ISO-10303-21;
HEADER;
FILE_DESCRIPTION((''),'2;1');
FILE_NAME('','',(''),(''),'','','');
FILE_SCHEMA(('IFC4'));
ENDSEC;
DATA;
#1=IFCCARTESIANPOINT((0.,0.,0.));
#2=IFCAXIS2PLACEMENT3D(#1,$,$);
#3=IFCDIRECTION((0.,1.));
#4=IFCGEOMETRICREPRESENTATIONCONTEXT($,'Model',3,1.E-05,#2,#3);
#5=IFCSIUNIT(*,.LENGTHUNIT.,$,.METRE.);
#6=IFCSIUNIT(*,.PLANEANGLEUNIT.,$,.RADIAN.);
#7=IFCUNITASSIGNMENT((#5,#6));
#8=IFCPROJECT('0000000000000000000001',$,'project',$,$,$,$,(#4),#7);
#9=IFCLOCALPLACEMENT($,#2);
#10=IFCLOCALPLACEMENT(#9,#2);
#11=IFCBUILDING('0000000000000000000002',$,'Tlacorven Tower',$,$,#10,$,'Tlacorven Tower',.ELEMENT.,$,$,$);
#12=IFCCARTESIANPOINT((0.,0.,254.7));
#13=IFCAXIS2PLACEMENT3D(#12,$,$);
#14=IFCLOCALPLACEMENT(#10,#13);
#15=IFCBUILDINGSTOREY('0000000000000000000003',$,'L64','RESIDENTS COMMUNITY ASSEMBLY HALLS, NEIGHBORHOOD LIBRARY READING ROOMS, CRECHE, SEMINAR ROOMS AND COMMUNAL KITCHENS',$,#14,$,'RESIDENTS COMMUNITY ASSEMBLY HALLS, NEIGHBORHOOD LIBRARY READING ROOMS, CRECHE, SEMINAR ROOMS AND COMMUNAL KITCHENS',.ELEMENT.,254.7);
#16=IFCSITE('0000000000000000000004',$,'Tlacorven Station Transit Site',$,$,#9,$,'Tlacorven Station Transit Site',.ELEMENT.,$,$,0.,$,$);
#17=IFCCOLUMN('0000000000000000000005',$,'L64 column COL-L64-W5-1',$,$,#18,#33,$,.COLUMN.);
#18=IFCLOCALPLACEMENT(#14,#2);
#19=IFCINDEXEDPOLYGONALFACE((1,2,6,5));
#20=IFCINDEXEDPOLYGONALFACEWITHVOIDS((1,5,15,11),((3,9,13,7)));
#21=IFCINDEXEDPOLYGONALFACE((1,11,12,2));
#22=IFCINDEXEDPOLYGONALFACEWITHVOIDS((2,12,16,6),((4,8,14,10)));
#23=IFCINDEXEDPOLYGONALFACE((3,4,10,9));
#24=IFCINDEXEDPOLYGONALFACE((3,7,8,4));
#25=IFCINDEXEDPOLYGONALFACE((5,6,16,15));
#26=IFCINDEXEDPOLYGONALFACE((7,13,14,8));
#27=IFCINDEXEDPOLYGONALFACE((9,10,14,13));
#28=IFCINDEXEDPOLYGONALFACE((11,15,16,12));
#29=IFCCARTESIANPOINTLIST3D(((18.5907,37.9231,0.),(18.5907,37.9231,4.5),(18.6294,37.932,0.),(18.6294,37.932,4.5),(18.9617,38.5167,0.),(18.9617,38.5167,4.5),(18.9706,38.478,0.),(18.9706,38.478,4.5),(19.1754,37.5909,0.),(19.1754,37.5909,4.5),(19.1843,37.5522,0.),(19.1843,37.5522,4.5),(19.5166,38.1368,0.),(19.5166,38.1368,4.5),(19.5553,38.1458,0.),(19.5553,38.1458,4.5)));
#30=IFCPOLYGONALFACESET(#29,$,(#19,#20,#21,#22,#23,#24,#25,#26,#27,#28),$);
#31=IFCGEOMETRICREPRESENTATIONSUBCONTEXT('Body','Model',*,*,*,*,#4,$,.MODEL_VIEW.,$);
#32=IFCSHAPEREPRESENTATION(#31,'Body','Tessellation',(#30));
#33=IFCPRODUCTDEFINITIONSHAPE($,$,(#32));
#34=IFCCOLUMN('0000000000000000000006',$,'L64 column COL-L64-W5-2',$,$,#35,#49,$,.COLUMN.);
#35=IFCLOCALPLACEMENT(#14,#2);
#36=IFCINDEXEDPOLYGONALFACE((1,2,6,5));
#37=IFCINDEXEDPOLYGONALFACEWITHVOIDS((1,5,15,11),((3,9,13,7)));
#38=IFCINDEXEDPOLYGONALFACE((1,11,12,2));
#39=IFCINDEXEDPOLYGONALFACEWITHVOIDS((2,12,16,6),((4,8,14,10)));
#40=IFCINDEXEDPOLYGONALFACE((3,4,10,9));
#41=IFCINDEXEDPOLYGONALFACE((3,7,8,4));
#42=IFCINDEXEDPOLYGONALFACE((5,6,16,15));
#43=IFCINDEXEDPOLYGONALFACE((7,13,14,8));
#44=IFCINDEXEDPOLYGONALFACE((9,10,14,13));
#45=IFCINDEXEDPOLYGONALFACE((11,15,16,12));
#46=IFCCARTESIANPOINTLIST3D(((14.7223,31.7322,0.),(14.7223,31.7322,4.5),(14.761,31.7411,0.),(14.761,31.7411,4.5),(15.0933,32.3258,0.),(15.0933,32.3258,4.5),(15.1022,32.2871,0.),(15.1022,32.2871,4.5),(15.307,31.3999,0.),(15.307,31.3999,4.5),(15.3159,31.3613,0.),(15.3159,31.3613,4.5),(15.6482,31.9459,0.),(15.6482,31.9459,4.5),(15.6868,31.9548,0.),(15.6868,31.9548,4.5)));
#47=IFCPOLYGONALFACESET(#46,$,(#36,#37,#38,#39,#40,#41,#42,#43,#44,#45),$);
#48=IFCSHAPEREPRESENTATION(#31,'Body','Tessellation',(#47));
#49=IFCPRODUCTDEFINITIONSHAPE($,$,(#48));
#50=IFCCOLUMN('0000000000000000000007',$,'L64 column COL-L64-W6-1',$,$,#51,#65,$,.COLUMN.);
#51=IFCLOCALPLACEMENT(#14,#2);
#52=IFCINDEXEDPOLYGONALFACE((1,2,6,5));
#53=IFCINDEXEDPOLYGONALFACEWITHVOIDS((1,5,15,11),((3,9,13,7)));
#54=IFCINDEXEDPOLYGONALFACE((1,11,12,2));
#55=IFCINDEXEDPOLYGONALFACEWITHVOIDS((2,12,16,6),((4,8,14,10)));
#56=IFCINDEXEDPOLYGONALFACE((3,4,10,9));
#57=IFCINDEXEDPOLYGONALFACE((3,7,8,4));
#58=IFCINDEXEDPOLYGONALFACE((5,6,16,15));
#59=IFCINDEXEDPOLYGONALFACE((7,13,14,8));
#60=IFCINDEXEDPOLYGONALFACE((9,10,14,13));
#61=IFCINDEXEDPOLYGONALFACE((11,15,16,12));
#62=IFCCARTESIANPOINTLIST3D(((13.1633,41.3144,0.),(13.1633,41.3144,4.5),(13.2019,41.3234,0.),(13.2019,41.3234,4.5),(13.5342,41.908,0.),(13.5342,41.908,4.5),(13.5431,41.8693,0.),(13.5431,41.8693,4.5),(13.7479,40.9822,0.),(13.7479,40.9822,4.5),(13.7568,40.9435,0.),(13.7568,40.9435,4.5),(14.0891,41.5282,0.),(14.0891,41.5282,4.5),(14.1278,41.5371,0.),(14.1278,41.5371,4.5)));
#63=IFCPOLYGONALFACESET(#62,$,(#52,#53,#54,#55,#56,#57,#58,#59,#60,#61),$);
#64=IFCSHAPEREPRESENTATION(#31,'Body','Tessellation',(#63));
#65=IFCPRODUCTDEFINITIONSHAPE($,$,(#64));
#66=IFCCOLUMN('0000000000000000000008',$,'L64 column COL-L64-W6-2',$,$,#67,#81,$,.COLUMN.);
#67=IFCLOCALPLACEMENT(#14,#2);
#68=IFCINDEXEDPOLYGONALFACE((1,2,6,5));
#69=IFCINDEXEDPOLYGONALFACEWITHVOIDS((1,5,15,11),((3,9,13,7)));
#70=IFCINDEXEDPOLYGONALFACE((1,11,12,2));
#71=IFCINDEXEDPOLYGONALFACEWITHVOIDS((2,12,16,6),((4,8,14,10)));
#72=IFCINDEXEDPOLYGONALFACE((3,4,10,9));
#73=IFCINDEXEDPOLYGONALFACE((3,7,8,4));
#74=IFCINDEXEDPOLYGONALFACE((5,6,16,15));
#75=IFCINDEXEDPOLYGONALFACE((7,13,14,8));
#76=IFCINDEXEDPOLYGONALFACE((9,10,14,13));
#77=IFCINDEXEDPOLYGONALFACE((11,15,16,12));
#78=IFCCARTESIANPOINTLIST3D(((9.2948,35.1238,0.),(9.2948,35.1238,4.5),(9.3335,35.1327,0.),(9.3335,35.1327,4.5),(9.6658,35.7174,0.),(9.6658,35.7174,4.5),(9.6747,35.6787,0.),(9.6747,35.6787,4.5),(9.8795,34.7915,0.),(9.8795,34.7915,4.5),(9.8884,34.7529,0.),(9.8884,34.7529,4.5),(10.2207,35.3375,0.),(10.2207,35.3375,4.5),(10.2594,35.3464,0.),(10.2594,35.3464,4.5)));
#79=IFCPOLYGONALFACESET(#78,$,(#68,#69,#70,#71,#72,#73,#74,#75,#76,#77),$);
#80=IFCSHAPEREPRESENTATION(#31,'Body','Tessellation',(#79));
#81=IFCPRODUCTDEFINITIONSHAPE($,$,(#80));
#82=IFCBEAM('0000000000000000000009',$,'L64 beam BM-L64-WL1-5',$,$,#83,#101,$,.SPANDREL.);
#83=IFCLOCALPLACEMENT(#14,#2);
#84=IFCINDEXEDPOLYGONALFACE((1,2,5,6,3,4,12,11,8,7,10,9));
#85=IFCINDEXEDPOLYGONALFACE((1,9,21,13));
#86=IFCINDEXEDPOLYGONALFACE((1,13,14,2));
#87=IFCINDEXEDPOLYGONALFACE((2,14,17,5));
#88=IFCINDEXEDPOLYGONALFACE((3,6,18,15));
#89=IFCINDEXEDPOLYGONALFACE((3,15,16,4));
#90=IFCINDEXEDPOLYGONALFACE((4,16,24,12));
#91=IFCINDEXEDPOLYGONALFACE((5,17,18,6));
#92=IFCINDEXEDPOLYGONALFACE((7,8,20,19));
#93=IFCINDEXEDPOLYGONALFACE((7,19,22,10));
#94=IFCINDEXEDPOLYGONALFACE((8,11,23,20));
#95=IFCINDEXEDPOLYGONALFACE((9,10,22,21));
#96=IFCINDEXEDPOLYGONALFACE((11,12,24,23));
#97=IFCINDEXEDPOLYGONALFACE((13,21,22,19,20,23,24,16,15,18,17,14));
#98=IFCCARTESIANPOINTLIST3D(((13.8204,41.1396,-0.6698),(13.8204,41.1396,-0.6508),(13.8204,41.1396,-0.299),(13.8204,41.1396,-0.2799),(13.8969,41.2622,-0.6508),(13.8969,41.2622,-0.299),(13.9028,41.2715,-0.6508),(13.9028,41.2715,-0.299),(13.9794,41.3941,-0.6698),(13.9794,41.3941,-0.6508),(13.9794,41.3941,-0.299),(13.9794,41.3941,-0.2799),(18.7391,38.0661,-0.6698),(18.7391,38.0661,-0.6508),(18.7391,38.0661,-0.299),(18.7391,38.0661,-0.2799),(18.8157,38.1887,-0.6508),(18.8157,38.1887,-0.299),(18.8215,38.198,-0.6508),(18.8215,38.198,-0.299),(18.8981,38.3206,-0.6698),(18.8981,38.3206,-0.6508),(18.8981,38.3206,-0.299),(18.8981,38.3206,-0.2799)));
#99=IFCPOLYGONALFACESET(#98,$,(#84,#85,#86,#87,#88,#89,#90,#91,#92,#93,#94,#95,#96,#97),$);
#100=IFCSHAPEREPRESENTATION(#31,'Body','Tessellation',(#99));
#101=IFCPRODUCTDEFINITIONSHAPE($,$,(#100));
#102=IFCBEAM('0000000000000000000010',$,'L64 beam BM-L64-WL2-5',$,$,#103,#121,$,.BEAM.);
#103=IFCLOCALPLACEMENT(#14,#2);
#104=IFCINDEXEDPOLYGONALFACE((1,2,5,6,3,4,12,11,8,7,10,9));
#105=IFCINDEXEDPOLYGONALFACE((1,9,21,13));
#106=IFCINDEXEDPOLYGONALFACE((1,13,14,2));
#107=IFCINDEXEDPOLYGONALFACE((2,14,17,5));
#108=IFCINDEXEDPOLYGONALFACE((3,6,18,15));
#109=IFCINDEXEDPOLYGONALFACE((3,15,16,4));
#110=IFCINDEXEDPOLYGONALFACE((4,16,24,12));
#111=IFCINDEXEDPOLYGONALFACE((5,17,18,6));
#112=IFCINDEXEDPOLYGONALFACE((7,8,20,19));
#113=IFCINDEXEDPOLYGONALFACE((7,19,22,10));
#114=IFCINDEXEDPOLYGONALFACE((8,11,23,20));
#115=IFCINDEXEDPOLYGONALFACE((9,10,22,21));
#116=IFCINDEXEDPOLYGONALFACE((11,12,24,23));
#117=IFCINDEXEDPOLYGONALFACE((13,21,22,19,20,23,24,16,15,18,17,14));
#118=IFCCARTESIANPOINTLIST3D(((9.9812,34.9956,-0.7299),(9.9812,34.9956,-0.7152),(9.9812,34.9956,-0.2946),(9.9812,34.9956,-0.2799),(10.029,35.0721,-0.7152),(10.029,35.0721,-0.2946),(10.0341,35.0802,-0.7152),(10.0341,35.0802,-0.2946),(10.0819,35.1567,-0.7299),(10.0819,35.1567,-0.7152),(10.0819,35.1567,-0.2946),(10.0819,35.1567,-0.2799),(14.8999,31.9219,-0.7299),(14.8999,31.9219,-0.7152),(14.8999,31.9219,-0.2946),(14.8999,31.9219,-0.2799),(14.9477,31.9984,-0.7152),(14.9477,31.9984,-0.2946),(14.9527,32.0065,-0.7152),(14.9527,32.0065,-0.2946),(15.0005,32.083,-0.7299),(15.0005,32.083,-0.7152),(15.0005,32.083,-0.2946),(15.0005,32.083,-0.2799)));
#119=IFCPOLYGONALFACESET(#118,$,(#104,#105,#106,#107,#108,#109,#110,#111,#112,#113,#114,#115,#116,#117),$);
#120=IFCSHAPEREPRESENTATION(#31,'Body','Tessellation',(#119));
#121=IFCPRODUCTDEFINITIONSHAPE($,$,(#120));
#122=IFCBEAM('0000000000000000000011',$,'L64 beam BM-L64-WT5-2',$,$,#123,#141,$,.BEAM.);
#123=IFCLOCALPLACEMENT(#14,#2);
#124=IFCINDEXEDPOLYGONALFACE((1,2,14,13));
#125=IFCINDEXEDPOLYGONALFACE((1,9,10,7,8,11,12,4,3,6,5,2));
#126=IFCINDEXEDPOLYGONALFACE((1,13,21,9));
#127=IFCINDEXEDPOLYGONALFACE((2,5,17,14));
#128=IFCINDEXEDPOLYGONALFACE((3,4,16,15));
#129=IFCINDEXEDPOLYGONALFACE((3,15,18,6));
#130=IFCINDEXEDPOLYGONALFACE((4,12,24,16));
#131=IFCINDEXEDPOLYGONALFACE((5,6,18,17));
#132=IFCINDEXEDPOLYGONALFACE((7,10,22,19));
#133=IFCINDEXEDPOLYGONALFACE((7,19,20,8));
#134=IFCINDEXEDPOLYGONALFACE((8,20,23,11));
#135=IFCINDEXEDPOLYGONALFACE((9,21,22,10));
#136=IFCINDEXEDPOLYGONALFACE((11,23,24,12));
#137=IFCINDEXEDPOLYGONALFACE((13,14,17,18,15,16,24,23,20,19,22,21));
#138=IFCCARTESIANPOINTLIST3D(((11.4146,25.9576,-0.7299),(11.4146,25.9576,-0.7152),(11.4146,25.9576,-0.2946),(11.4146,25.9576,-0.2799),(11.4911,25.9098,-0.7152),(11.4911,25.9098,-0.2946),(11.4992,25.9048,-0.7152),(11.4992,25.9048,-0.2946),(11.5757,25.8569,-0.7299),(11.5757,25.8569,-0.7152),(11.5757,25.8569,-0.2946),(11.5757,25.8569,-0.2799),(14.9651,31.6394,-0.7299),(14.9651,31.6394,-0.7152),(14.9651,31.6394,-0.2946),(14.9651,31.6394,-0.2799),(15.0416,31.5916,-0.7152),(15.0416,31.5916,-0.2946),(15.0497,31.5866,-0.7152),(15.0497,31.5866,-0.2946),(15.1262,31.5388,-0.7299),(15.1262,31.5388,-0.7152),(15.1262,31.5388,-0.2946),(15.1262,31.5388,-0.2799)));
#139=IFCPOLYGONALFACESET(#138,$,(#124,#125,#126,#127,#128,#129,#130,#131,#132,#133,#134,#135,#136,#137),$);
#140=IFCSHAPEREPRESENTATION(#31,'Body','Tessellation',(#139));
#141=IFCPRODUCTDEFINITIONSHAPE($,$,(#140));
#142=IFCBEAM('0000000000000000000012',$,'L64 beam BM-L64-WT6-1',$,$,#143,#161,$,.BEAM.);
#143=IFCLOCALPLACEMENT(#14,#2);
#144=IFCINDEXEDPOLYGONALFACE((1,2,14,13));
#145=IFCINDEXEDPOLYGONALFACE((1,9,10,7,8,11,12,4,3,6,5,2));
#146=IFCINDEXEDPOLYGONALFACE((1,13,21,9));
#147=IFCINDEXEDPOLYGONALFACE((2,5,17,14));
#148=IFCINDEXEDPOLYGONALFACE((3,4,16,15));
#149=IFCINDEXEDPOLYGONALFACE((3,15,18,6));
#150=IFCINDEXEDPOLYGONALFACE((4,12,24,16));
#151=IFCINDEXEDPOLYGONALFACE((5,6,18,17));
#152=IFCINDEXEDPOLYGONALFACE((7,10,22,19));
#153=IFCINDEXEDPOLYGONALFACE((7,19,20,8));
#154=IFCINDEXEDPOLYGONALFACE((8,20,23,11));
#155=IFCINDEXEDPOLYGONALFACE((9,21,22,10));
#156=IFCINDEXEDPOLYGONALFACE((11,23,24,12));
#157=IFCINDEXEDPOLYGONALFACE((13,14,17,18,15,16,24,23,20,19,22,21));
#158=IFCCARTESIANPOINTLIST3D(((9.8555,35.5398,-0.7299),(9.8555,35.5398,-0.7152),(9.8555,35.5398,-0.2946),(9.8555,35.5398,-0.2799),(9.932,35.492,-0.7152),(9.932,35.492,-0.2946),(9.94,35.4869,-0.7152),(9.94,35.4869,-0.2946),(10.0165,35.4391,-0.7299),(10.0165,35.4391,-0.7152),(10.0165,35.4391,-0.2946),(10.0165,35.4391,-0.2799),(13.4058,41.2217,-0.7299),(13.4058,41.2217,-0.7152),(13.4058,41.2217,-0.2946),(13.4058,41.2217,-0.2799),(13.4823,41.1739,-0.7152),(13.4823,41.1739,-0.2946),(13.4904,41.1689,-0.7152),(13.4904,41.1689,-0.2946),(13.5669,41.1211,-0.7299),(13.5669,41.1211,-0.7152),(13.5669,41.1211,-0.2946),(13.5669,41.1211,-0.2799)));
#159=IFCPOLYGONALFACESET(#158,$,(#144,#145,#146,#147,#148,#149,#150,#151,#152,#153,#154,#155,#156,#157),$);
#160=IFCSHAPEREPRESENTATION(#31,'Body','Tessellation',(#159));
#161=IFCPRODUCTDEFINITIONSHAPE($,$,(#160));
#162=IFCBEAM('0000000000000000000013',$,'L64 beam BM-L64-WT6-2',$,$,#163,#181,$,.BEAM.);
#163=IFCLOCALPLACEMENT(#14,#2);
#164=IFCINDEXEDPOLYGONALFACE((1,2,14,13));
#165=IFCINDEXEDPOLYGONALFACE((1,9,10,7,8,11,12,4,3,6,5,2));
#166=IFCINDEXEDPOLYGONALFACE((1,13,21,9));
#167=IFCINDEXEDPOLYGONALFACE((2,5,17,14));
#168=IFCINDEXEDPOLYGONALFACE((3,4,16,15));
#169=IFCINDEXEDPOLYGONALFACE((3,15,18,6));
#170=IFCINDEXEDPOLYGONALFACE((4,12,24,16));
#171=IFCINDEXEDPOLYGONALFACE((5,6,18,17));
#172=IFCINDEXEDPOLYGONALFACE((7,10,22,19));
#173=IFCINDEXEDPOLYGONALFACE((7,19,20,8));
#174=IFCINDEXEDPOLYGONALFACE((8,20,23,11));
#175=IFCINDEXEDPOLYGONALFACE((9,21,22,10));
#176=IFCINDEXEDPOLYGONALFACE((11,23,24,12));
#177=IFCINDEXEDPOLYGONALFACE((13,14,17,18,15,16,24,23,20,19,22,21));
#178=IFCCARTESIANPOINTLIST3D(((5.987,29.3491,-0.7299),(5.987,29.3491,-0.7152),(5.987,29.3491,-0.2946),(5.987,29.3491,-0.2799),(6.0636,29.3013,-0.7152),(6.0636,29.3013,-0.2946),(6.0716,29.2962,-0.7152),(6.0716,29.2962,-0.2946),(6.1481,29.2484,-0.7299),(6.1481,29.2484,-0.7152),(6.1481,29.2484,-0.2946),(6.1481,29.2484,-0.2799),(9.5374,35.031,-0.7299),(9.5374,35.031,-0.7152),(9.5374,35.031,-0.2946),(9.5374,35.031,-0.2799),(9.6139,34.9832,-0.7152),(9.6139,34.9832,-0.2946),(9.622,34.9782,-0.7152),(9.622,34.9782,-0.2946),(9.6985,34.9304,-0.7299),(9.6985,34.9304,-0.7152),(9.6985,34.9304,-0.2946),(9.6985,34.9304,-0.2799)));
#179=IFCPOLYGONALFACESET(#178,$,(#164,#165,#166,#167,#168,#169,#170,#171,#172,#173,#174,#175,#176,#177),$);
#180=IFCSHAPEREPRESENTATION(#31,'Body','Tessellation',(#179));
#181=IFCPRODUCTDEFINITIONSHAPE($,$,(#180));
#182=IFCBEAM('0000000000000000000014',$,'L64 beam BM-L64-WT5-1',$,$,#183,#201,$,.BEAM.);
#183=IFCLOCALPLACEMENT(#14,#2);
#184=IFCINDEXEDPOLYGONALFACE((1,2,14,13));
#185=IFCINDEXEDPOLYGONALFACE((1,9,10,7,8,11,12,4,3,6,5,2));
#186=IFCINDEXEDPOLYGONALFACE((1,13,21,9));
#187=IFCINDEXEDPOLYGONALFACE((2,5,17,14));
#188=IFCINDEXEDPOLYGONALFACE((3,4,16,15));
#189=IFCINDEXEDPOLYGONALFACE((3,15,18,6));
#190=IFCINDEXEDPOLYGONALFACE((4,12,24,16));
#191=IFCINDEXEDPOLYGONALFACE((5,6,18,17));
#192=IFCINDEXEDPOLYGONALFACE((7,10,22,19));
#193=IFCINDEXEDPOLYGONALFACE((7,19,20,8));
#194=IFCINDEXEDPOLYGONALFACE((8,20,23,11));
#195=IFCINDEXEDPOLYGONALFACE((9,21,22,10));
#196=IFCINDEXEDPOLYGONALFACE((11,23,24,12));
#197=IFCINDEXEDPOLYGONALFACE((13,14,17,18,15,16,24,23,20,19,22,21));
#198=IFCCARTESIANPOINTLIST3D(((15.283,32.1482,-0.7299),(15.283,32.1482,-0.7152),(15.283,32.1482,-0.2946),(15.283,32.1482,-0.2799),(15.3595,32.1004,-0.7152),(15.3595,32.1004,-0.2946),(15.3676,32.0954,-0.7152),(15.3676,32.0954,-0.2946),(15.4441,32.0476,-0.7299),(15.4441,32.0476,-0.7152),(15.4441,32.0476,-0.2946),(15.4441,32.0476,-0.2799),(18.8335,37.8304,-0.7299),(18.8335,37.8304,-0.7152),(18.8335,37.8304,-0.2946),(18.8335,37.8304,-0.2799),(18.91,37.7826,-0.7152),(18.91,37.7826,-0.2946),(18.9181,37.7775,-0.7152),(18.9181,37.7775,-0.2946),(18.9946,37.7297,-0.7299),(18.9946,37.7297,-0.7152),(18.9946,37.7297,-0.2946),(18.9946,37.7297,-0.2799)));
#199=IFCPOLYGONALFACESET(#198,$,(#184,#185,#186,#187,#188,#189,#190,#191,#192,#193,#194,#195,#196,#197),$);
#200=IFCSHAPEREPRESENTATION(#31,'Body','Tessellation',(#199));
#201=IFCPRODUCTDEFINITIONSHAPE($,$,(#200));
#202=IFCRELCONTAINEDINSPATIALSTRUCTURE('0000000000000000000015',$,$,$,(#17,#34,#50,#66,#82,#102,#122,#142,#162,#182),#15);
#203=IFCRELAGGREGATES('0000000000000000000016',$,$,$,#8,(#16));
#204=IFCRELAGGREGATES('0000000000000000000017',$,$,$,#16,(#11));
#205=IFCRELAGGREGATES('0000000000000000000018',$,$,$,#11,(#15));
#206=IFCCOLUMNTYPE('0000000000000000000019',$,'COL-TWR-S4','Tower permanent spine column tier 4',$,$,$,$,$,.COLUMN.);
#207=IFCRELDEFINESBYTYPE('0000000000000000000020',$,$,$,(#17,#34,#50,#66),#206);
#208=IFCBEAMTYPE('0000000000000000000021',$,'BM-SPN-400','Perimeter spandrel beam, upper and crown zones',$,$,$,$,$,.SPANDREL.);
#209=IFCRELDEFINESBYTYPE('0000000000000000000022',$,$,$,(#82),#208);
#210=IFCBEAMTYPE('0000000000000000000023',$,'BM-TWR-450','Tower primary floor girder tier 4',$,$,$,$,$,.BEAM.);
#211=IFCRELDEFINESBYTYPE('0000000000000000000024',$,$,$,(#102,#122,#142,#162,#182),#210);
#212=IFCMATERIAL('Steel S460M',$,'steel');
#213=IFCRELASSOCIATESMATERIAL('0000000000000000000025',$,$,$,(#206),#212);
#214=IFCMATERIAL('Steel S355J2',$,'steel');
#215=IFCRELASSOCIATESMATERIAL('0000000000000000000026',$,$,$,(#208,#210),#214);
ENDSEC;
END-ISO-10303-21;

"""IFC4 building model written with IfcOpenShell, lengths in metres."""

from ifc_helpers import new_model, si_unit, direction, frame, origin, origin_2d, place, context, subcontext, project, spatial, hollow_rectangle, i_section, extrude, source, transform, mapped, material, material_profile, profile_set, type_object, element, save


model = new_model("IFC4")

# Units and contexts
model_context = context("Model", 3, precision=1e-05, world=origin(), true_north=direction((0.0, 1.0)))
body_context = subcontext(model_context, "Body", "Model", "MODEL_VIEW")
ifc_project = project(units=[si_unit("LENGTHUNIT", "METRE"), si_unit("PLANEANGLEUNIT", "RADIAN")], contexts=[model_context])

# Site, building, storey
site_placement = place(None, origin())
site = spatial("IfcSite", under=ifc_project, at=site_placement, Name="Tlacorven Station Transit Site", LongName="Tlacorven Station Transit Site", CompositionType="ELEMENT", RefElevation=0.0)
building_placement = place(site_placement, origin())
building = spatial("IfcBuilding", under=site, at=building_placement, Name="Tlacorven Tower", LongName="Tlacorven Tower", CompositionType="ELEMENT")
storey_placement = place(building_placement, frame((0.0, 0.0, 254.7)))
storey = spatial("IfcBuildingStorey", under=building, at=storey_placement, Name="L64", Description="RESIDENTS COMMUNITY ASSEMBLY HALLS, NEIGHBORHOOD LIBRARY READING ROOMS, CRECHE, SEMINAR ROOMS AND COMMUNAL KITCHENS", LongName="RESIDENTS COMMUNITY ASSEMBLY HALLS, NEIGHBORHOOD LIBRARY READING ROOMS, CRECHE, SEMINAR ROOMS AND COMMUNAL KITCHENS", CompositionType="ELEMENT", Elevation=254.7)

# Columns
ifc_material_1 = material(Name="Steel S460M", Category="steel")
ifc_material_profile_1 = material_profile(ifc_material_1, hollow_rectangle(XDim=0.7, YDim=0.7, WallThickness=0.0281, at=origin_2d()), Name="BOX 700X700X28")
ifc_profile_set_1 = profile_set([ifc_material_profile_1], Name="Steel S460M")
column_type = type_object("IfcColumnType", Name="COL-TWR-S4", Description="Tower permanent spine column tier 4", PredefinedType="COLUMN", material=ifc_profile_set_1)
shared_shape_1 = source(origin(), body_context, "Body", "SweptSolid", [
    extrude(hollow_rectangle(XDim=0.7, YDim=0.7, WallThickness=0.0281, at=origin_2d()), origin(), (0.0, 0.0, 1.0), 4.5),
])
for number, where, z_axis, x_axis, name in (
    (1, (19.073, 38.0344, 0.0), (0.0, 0.0, 1.0), (-0.848048, 0.529919, 0.0), "L64 column COL-L64-W5-1"),
    (2, (15.2046, 31.8435, 0.0), (0.0, 0.0, 1.0), (-0.848048, 0.529919, 0.0), "L64 column COL-L64-W5-2"),
    (3, (13.6455, 41.4258, 0.0), (0.0, 0.0, 1.0), (-0.848048, 0.529919, 0.0), "L64 column COL-L64-W6-1"),
    (4, (9.7771, 35.2351, 0.0), (0.0, 0.0, 1.0), (-0.848048, 0.529919, 0.0), "L64 column COL-L64-W6-2"),
):
    element("IfcColumn", number, at=place(storey_placement, frame(where, z_axis=z_axis, x_axis=x_axis)), inside=storey, type_object=column_type, Name=name, PredefinedType="COLUMN", context=body_context, shape_type="MappedRepresentation", body=[
        mapped(shared_shape_1, transform((0.0, 0.0, 0.0), scale=1.0)),
    ])

# Beams
ifc_material_2 = material(Name="Steel S355J2", Category="steel")
ifc_material_profile_2 = material_profile(ifc_material_2, i_section(OverallWidth=0.3, OverallDepth=0.3899, WebThickness=0.011, FlangeThickness=0.019, at=origin_2d()), Name="HEA 400")
ifc_profile_set_2 = profile_set([ifc_material_profile_2], Name="Steel S355J2")
beam_type_1 = type_object("IfcBeamType", Name="BM-SPN-400", Description="Perimeter spandrel beam, upper and crown zones", PredefinedType="SPANDREL", material=ifc_profile_set_2)
shared_shape_2 = source(origin(), body_context, "Body", "SweptSolid", [
    extrude(i_section(OverallWidth=0.3, OverallDepth=0.3899, WebThickness=0.011, FlangeThickness=0.019, at=origin_2d()), origin(), (0.0, 0.0, 1.0), 5.8),
])
beam_1_placement = place(storey_placement, frame((18.8186, 38.1934, -0.4749), z_axis=(-0.848053, 0.529912, 0.0), x_axis=(-0.529912, -0.848053, 0.0)))
element("IfcBeam", 5, at=beam_1_placement, inside=storey, type_object=beam_type_1, Name="L64 beam BM-L64-WL1-5", PredefinedType="SPANDREL", context=body_context, shape_type="MappedRepresentation", body=[
    mapped(shared_shape_2, transform((0.0, 0.0, 0.0), scale=1.0)),
])
ifc_material_profile_3 = material_profile(ifc_material_2, i_section(OverallWidth=0.1899, OverallDepth=0.45, WebThickness=0.0095, FlangeThickness=0.0146, at=origin_2d()), Name="IPE 450")
ifc_profile_set_3 = profile_set([ifc_material_profile_3], Name="Steel S355J2")
beam_type_2 = type_object("IfcBeamType", Name="BM-TWR-450", Description="Tower primary floor girder tier 4", PredefinedType="BEAM", material=ifc_profile_set_3)
shared_shape_3 = source(origin(), body_context, "Body", "SweptSolid", [
    extrude(i_section(OverallWidth=0.1899, OverallDepth=0.45, WebThickness=0.0095, FlangeThickness=0.0146, at=origin_2d()), origin(), (0.0, 0.0, 1.0), 5.8),
])
beam_2_placement = place(storey_placement, frame((14.9502, 32.0024, -0.5049), z_axis=(-0.848034, 0.529942, 0.0), x_axis=(-0.529942, -0.848034, 0.0)))
element("IfcBeam", 6, at=beam_2_placement, inside=storey, type_object=beam_type_2, Name="L64 beam BM-L64-WL2-5", PredefinedType="BEAM", context=body_context, shape_type="MappedRepresentation", body=[
    mapped(shared_shape_3, transform((0.0, 0.0, 0.0), scale=1.0)),
])
shared_shape_4 = source(origin(), body_context, "Body", "SweptSolid", [
    extrude(i_section(OverallWidth=0.1899, OverallDepth=0.45, WebThickness=0.0095, FlangeThickness=0.0146, at=origin_2d()), origin(), (0.0, 0.0, 1.0), 6.7),
])
for number, where, z_axis, x_axis, name in (
    (7, (15.0457, 31.5891, -0.5049), (-0.52993, -0.848041, 0.0), (0.848041, -0.52993, 0.0), "L64 beam BM-L64-WT5-2"),
    (8, (13.4863, 41.1714, -0.5049), (-0.529904, -0.848058, 0.0), (0.848058, -0.529904, 0.0), "L64 beam BM-L64-WT6-1"),
    (9, (9.6179, 34.9807, -0.5049), (-0.529904, -0.848058, 0.0), (0.848058, -0.529904, 0.0), "L64 beam BM-L64-WT6-2"),
):
    element("IfcBeam", number, at=place(storey_placement, frame(where, z_axis=z_axis, x_axis=x_axis)), inside=storey, type_object=beam_type_2, Name=name, PredefinedType="BEAM", context=body_context, shape_type="MappedRepresentation", body=[
        mapped(shared_shape_4, transform((0.0, 0.0, 0.0), scale=1.0)),
    ])
shared_shape_5 = source(origin(), body_context, "Body", "SweptSolid", [
    extrude(i_section(OverallWidth=0.1899, OverallDepth=0.45, WebThickness=0.0095, FlangeThickness=0.0146, at=origin_2d()), origin(), (0.0, 0.0, 1.0), 6.7002),
])
beam_3_placement = place(storey_placement, frame((18.9141, 37.78, -0.5049), z_axis=(-0.529914, -0.848052, 0.0), x_axis=(0.848052, -0.529914, 0.0)))
element("IfcBeam", 10, at=beam_3_placement, inside=storey, type_object=beam_type_2, Name="L64 beam BM-L64-WT5-1", PredefinedType="BEAM", context=body_context, shape_type="MappedRepresentation", body=[
    mapped(shared_shape_5, transform((0.0, 0.0, 0.0), scale=1.0)),
])

save(model, "model.ifc")
